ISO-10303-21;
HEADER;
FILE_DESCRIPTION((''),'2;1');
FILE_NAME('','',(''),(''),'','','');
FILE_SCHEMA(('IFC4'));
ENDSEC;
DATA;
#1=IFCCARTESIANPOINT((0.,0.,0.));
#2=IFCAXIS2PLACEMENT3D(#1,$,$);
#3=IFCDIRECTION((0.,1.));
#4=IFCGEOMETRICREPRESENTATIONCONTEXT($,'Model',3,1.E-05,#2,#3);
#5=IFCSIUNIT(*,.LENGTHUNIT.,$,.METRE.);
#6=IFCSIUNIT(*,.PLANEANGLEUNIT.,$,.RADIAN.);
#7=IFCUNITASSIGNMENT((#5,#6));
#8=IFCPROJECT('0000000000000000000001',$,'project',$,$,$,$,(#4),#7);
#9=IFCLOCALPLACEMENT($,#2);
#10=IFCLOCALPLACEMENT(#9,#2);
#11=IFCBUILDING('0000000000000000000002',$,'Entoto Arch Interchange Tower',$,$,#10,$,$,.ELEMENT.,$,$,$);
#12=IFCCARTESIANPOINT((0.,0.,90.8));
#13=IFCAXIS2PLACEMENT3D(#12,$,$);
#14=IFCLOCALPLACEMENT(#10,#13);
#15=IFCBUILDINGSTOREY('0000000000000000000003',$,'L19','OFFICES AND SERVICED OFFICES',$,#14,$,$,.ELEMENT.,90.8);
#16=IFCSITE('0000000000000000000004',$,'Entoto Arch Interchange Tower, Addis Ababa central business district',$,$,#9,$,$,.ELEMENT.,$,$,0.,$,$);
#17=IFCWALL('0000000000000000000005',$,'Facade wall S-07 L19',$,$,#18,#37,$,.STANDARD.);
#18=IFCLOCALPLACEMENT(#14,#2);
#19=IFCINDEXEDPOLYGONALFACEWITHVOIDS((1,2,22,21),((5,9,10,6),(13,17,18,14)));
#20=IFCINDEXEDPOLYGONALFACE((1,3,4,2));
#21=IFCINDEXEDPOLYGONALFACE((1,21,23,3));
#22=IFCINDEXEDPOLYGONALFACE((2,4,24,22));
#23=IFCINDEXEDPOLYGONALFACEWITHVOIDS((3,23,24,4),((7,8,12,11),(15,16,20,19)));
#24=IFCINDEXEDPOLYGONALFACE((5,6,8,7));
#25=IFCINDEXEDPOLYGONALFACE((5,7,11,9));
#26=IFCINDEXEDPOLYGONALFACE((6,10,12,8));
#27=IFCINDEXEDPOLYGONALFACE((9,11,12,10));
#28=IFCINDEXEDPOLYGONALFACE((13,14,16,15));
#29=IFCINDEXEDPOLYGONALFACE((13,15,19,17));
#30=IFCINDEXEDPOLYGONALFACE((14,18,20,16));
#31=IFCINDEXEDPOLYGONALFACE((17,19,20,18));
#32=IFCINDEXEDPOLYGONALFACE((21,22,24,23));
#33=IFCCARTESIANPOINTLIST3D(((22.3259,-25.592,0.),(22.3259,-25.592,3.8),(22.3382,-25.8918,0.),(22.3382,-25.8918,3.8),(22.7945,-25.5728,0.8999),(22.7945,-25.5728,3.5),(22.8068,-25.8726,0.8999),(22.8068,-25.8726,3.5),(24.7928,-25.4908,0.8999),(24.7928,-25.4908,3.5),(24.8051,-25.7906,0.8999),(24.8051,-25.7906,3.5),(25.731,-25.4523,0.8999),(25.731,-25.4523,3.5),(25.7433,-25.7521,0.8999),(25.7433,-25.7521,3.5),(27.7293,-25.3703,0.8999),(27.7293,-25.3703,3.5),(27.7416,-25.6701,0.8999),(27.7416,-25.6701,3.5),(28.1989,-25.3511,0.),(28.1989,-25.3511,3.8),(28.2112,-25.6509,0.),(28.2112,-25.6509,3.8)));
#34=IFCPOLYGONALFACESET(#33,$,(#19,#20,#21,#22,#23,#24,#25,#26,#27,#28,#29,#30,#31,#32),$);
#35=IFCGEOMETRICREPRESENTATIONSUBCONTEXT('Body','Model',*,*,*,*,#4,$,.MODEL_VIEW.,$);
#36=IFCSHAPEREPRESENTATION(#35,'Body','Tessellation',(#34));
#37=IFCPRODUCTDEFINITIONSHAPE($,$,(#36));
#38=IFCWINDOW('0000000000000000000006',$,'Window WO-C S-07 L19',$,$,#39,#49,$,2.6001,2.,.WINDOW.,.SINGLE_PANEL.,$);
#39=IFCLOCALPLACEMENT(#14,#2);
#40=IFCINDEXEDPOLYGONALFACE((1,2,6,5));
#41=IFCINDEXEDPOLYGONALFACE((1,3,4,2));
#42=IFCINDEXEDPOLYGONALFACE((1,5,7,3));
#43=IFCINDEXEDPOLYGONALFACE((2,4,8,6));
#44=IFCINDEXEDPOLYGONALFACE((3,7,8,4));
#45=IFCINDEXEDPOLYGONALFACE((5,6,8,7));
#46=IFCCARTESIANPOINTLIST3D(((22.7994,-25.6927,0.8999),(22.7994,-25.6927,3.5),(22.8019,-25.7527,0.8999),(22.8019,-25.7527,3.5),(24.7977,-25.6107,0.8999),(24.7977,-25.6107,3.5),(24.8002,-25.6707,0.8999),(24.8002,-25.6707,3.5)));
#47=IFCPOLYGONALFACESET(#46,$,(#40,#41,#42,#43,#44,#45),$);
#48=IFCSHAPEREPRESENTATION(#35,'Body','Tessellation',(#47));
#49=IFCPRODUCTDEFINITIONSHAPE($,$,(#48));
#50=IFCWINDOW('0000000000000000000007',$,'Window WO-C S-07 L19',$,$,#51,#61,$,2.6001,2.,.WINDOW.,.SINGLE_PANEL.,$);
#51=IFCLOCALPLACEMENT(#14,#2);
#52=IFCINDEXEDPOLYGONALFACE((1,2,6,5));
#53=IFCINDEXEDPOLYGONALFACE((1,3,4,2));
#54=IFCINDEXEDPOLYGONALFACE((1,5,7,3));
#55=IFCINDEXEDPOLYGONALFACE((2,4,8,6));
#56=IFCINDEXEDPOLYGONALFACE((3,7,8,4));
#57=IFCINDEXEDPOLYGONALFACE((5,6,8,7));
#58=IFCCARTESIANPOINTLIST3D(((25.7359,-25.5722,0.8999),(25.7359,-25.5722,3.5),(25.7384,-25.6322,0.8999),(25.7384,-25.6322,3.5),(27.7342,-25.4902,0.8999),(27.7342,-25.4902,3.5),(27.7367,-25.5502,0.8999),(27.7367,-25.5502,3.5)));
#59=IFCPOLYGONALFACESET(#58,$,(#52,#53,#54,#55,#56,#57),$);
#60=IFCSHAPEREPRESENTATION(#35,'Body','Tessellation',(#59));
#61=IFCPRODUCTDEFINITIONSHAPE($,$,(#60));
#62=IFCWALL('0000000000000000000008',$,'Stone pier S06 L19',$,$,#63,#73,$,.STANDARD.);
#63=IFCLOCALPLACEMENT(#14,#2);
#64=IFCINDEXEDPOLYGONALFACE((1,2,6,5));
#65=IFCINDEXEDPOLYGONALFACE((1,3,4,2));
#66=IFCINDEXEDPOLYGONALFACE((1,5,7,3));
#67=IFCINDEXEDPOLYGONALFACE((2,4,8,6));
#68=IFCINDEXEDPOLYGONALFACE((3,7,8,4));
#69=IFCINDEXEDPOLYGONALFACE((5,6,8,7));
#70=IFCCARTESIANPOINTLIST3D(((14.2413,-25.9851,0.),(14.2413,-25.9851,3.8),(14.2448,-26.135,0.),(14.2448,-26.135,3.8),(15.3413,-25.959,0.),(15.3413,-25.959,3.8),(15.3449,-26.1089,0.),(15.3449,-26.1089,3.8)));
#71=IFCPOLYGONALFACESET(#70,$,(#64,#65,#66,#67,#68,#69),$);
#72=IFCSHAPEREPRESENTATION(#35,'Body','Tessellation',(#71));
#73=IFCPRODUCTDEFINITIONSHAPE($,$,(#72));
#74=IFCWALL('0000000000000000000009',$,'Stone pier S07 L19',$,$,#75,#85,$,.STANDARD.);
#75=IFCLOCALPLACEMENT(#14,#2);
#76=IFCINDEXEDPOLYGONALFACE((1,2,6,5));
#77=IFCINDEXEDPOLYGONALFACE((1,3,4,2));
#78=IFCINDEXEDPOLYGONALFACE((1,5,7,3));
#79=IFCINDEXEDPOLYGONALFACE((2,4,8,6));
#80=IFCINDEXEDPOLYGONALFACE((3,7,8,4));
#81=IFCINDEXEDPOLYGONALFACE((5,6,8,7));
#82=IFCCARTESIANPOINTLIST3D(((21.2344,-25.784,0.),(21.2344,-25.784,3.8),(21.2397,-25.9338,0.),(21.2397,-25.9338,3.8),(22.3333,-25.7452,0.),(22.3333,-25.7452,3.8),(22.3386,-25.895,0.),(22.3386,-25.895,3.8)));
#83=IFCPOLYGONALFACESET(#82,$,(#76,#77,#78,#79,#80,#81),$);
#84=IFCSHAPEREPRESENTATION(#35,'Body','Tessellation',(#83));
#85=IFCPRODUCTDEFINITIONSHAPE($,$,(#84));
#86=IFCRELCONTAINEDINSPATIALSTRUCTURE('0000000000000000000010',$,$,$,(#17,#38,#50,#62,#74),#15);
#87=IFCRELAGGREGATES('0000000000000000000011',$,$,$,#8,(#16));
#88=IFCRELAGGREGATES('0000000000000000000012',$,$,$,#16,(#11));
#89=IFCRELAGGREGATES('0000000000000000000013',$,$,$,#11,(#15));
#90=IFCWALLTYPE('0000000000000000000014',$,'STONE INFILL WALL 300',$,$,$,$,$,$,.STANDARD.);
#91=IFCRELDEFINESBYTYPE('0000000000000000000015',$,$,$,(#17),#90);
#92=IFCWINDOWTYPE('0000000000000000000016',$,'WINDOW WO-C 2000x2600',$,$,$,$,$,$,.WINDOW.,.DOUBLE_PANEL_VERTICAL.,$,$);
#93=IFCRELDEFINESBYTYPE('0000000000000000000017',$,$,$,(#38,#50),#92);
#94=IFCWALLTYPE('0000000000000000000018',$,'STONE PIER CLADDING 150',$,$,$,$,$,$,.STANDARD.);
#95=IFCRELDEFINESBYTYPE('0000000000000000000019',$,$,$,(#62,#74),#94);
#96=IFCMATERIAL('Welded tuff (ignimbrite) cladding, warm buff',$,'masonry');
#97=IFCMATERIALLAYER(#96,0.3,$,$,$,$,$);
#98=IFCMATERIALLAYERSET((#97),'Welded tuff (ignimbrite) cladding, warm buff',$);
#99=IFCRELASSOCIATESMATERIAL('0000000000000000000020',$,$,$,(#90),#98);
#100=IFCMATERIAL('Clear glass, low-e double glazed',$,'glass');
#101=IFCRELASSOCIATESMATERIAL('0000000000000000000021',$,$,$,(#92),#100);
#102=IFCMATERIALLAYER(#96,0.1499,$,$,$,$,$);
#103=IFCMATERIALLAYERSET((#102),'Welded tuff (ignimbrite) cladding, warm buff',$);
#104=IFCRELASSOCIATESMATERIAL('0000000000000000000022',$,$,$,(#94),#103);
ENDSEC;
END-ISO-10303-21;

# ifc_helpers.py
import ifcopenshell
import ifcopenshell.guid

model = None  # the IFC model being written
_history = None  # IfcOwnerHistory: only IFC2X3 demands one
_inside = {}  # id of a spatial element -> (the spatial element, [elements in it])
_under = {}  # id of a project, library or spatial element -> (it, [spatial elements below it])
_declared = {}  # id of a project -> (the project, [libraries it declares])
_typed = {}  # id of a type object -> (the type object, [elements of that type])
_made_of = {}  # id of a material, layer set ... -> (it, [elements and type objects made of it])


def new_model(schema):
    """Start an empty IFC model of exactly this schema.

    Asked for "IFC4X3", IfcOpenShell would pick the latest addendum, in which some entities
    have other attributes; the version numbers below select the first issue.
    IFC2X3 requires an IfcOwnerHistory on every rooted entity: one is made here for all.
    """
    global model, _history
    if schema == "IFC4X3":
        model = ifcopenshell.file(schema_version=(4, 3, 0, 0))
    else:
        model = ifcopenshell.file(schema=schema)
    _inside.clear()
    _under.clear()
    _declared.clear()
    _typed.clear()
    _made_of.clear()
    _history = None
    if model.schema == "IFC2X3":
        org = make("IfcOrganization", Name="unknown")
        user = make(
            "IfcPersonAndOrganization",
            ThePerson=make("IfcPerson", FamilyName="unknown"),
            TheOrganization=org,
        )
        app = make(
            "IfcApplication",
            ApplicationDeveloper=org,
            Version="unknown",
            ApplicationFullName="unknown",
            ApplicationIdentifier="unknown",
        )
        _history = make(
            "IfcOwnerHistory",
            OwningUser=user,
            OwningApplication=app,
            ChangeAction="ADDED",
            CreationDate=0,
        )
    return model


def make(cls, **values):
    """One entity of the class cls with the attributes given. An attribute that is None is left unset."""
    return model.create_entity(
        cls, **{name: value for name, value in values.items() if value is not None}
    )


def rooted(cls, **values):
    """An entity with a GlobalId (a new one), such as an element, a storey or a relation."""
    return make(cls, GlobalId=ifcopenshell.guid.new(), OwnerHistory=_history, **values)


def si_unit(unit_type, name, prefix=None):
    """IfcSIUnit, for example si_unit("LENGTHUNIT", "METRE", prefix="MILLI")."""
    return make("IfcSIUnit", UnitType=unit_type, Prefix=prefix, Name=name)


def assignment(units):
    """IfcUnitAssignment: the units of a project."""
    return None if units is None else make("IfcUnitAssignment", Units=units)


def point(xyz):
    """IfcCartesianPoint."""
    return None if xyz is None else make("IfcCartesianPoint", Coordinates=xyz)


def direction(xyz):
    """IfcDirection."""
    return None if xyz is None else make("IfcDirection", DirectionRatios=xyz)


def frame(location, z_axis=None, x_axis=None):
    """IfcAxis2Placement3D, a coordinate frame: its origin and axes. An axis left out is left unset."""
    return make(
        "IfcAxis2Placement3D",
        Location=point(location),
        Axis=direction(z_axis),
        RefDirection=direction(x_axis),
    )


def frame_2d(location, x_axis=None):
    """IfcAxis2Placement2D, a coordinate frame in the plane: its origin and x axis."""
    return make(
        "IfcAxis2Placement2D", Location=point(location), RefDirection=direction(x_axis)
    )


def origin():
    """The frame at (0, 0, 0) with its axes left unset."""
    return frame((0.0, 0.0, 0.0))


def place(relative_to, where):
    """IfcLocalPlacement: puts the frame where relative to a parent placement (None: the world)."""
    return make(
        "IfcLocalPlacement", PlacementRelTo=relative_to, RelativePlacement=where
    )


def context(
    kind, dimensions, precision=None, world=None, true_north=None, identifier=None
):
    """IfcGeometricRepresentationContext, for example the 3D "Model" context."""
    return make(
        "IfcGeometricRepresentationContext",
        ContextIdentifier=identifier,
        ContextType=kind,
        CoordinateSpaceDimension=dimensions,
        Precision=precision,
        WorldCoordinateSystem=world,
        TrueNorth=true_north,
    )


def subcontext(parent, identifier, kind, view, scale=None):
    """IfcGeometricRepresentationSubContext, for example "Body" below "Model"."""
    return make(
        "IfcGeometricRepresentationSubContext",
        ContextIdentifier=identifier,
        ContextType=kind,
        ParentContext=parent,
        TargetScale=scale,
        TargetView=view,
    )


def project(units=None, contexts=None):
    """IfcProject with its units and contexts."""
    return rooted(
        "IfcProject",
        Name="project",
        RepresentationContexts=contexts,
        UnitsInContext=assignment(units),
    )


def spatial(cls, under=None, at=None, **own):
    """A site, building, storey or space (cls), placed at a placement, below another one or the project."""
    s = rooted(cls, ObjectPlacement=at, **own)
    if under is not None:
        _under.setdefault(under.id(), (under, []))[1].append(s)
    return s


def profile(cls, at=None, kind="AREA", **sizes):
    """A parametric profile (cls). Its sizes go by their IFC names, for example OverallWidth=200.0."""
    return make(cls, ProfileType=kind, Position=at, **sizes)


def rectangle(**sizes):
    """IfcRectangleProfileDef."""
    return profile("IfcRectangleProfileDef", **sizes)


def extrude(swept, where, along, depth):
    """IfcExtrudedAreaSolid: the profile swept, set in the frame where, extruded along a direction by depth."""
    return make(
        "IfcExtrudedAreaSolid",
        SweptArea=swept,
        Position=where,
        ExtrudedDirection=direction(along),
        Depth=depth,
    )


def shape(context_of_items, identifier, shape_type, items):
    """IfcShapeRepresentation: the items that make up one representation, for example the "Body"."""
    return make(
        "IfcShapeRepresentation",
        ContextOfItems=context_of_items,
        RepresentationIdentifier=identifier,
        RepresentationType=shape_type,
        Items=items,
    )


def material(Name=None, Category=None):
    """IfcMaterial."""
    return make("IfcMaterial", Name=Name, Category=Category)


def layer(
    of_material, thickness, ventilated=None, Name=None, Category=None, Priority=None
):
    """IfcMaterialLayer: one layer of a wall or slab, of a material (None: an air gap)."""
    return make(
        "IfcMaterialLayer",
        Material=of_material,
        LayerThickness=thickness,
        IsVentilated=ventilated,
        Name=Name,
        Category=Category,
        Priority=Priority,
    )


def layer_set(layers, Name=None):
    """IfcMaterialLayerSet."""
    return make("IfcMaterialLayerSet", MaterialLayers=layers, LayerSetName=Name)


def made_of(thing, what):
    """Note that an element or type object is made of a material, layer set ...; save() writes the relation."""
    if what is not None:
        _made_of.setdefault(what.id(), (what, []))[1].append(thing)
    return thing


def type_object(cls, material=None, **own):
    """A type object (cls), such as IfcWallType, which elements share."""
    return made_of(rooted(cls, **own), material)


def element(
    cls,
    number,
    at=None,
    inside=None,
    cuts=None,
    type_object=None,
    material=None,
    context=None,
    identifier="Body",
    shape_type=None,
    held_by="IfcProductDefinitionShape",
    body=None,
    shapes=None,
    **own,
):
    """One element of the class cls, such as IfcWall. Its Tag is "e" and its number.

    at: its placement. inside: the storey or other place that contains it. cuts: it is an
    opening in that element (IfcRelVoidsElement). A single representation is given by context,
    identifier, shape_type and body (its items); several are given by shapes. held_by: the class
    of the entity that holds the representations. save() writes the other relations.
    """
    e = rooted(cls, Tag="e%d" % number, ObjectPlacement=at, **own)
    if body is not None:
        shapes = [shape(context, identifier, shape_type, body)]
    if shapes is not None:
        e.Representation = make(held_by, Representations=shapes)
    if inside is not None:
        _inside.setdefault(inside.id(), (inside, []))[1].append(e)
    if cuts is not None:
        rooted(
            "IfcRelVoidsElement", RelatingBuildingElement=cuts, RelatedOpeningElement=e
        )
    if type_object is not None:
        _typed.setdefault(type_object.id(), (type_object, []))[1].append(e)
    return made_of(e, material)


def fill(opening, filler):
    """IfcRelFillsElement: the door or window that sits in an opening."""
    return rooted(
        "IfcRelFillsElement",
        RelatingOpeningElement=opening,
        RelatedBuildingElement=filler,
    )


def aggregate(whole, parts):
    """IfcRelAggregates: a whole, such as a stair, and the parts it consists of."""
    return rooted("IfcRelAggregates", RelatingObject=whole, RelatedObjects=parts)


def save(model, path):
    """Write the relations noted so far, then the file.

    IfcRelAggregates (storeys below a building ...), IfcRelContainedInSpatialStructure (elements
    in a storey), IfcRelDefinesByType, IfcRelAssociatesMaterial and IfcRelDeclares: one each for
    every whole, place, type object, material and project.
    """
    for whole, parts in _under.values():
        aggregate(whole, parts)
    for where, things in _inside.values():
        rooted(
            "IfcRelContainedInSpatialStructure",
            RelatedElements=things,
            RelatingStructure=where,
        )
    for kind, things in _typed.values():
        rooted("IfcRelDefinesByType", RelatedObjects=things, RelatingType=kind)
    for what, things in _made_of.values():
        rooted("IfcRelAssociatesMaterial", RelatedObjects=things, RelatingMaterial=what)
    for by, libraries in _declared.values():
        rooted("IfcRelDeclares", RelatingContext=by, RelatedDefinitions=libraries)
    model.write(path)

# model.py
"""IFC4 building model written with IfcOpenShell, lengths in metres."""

from ifc_helpers import new_model, si_unit, direction, frame, frame_2d, origin, place, context, subcontext, project, spatial, rectangle, extrude, material, layer, layer_set, type_object, element, fill, save


model = new_model("IFC4")

# Units and contexts
model_context = context("Model", 3, precision=1e-05, world=origin(), true_north=direction((0.0, 1.0)))
body_context = subcontext(model_context, "Body", "Model", "MODEL_VIEW")
ifc_project = project(units=[si_unit("LENGTHUNIT", "METRE"), si_unit("PLANEANGLEUNIT", "RADIAN")], contexts=[model_context])

# Site, building, storey
site_placement = place(None, origin())
site = spatial("IfcSite", under=ifc_project, at=site_placement, Name="Entoto Arch Interchange Tower, Addis Ababa central business district", CompositionType="ELEMENT", RefElevation=0.0)
building_placement = place(site_placement, origin())
building = spatial("IfcBuilding", under=site, at=building_placement, Name="Entoto Arch Interchange Tower", CompositionType="ELEMENT")
storey_placement = place(building_placement, frame((0.0, 0.0, 90.8)))
storey = spatial("IfcBuildingStorey", under=building, at=storey_placement, Name="L19", Description="OFFICES AND SERVICED OFFICES", CompositionType="ELEMENT", Elevation=90.8)

# Wall, openings, windows
ifc_material_1 = material(Name="Welded tuff (ignimbrite) cladding, warm buff", Category="masonry")
ifc_layer_1 = layer(ifc_material_1, 0.3)
ifc_layer_set_1 = layer_set([ifc_layer_1], Name="Welded tuff (ignimbrite) cladding, warm buff")
wall_type_1 = type_object("IfcWallType", Name="STONE INFILL WALL 300", PredefinedType="STANDARD", material=ifc_layer_set_1)
ifc_material_2 = material(Name="Clear glass, low-e double glazed", Category="glass")
window_type = type_object("IfcWindowType", Name="WINDOW WO-C 2000x2600", PartitioningType="DOUBLE_PANEL_VERTICAL", PredefinedType="WINDOW", material=ifc_material_2)
wall_1_placement = place(storey_placement, frame((22.332, -25.7419, 0.0), z_axis=(0.0, 0.0, 1.0), x_axis=(0.999159, 0.040995, 0.0)))
wall_1 = element("IfcWall", 1, at=wall_1_placement, inside=storey, type_object=wall_type_1, Name="Facade wall S-07 L19", PredefinedType="STANDARD", context=body_context, shape_type="SweptSolid", body=[
    extrude(rectangle(XDim=5.8779, YDim=0.3, at=frame_2d((2.939, 0.0))), origin(), (0.0, 0.0, 1.0), 3.8),
])
opening_1_placement = place(wall_1_placement, frame((0.469, 0.0, 0.8999)))
opening_1 = element("IfcOpeningElement", 2, at=opening_1_placement, cuts=wall_1, PredefinedType="OPENING", context=body_context, shape_type="SweptSolid", body=[
    extrude(rectangle(XDim=2.0, YDim=2.6001, at=frame_2d((1.0, 1.3))), frame((0.0, 0.1602, 0.0), z_axis=(0.0, -1.0, 0.0), x_axis=(1.0, 0.0, 0.0)), (0.0, 0.0, 1.0), 0.3201),
])
opening_2_placement = place(wall_1_placement, frame((3.408, 0.0, 0.8999)))
opening_2 = element("IfcOpeningElement", 3, at=opening_2_placement, cuts=wall_1, PredefinedType="OPENING", context=body_context, shape_type="SweptSolid", body=[
    extrude(rectangle(XDim=2.0, YDim=2.6001, at=frame_2d((1.0, 1.3))), frame((0.0, 0.1602, 0.0), z_axis=(0.0, -1.0, 0.0), x_axis=(1.0, 0.0, 0.0)), (0.0, 0.0, 1.0), 0.3201),
])
window_1_placement = place(opening_1_placement, origin())
window_1 = element("IfcWindow", 4, at=window_1_placement, inside=storey, type_object=window_type, Name="Window WO-C S-07 L19", OverallHeight=2.6001, OverallWidth=2.0, PartitioningType="SINGLE_PANEL", PredefinedType="WINDOW", context=body_context, shape_type="SweptSolid", body=[
    extrude(rectangle(XDim=2.0, YDim=2.6001, at=frame_2d((1.0, 1.3))), frame((0.0, 0.03, 0.0), z_axis=(0.0, -1.0, 0.0), x_axis=(1.0, 0.0, 0.0)), (0.0, 0.0, 1.0), 0.0601),
])
fill(opening_1, window_1)
window_2_placement = place(opening_2_placement, origin())
window_2 = element("IfcWindow", 5, at=window_2_placement, inside=storey, type_object=window_type, Name="Window WO-C S-07 L19", OverallHeight=2.6001, OverallWidth=2.0, PartitioningType="SINGLE_PANEL", PredefinedType="WINDOW", context=body_context, shape_type="SweptSolid", body=[
    extrude(rectangle(XDim=2.0, YDim=2.6001, at=frame_2d((1.0, 1.3))), frame((0.0, 0.03, 0.0), z_axis=(0.0, -1.0, 0.0), x_axis=(1.0, 0.0, 0.0)), (0.0, 0.0, 1.0), 0.0601),
])
fill(opening_2, window_2)

# Walls
ifc_layer_2 = layer(ifc_material_1, 0.1499)
ifc_layer_set_2 = layer_set([ifc_layer_2], Name="Welded tuff (ignimbrite) cladding, warm buff")
wall_type_2 = type_object("IfcWallType", Name="STONE PIER CLADDING 150", PredefinedType="STANDARD", material=ifc_layer_set_2)
wall_2_placement = place(storey_placement, frame((14.2429, -26.0601, 0.0), z_axis=(0.0, 0.0, 1.0), x_axis=(0.999718, 0.023739, 0.0)))
element("IfcWall", 6, at=wall_2_placement, inside=storey, type_object=wall_type_2, Name="Stone pier S06 L19", PredefinedType="STANDARD", context=body_context, shape_type="SweptSolid", body=[
    extrude(rectangle(XDim=1.1003, YDim=0.1499, at=frame_2d((0.5503, 0.0))), origin(), (0.0, 0.0, 1.0), 3.8),
])
wall_3_placement = place(storey_placement, frame((21.2371, -25.8589, 0.0), z_axis=(0.0, 0.0, 1.0), x_axis=(0.999377, 0.035303, 0.0)))
element("IfcWall", 7, at=wall_3_placement, inside=storey, type_object=wall_type_2, Name="Stone pier S07 L19", PredefinedType="STANDARD", context=body_context, shape_type="SweptSolid", body=[
    extrude(rectangle(XDim=1.0996, YDim=0.1499, at=frame_2d((0.5498, 0.0))), origin(), (0.0, 0.0, 1.0), 3.8),
])

save(model, "model.ifc")
